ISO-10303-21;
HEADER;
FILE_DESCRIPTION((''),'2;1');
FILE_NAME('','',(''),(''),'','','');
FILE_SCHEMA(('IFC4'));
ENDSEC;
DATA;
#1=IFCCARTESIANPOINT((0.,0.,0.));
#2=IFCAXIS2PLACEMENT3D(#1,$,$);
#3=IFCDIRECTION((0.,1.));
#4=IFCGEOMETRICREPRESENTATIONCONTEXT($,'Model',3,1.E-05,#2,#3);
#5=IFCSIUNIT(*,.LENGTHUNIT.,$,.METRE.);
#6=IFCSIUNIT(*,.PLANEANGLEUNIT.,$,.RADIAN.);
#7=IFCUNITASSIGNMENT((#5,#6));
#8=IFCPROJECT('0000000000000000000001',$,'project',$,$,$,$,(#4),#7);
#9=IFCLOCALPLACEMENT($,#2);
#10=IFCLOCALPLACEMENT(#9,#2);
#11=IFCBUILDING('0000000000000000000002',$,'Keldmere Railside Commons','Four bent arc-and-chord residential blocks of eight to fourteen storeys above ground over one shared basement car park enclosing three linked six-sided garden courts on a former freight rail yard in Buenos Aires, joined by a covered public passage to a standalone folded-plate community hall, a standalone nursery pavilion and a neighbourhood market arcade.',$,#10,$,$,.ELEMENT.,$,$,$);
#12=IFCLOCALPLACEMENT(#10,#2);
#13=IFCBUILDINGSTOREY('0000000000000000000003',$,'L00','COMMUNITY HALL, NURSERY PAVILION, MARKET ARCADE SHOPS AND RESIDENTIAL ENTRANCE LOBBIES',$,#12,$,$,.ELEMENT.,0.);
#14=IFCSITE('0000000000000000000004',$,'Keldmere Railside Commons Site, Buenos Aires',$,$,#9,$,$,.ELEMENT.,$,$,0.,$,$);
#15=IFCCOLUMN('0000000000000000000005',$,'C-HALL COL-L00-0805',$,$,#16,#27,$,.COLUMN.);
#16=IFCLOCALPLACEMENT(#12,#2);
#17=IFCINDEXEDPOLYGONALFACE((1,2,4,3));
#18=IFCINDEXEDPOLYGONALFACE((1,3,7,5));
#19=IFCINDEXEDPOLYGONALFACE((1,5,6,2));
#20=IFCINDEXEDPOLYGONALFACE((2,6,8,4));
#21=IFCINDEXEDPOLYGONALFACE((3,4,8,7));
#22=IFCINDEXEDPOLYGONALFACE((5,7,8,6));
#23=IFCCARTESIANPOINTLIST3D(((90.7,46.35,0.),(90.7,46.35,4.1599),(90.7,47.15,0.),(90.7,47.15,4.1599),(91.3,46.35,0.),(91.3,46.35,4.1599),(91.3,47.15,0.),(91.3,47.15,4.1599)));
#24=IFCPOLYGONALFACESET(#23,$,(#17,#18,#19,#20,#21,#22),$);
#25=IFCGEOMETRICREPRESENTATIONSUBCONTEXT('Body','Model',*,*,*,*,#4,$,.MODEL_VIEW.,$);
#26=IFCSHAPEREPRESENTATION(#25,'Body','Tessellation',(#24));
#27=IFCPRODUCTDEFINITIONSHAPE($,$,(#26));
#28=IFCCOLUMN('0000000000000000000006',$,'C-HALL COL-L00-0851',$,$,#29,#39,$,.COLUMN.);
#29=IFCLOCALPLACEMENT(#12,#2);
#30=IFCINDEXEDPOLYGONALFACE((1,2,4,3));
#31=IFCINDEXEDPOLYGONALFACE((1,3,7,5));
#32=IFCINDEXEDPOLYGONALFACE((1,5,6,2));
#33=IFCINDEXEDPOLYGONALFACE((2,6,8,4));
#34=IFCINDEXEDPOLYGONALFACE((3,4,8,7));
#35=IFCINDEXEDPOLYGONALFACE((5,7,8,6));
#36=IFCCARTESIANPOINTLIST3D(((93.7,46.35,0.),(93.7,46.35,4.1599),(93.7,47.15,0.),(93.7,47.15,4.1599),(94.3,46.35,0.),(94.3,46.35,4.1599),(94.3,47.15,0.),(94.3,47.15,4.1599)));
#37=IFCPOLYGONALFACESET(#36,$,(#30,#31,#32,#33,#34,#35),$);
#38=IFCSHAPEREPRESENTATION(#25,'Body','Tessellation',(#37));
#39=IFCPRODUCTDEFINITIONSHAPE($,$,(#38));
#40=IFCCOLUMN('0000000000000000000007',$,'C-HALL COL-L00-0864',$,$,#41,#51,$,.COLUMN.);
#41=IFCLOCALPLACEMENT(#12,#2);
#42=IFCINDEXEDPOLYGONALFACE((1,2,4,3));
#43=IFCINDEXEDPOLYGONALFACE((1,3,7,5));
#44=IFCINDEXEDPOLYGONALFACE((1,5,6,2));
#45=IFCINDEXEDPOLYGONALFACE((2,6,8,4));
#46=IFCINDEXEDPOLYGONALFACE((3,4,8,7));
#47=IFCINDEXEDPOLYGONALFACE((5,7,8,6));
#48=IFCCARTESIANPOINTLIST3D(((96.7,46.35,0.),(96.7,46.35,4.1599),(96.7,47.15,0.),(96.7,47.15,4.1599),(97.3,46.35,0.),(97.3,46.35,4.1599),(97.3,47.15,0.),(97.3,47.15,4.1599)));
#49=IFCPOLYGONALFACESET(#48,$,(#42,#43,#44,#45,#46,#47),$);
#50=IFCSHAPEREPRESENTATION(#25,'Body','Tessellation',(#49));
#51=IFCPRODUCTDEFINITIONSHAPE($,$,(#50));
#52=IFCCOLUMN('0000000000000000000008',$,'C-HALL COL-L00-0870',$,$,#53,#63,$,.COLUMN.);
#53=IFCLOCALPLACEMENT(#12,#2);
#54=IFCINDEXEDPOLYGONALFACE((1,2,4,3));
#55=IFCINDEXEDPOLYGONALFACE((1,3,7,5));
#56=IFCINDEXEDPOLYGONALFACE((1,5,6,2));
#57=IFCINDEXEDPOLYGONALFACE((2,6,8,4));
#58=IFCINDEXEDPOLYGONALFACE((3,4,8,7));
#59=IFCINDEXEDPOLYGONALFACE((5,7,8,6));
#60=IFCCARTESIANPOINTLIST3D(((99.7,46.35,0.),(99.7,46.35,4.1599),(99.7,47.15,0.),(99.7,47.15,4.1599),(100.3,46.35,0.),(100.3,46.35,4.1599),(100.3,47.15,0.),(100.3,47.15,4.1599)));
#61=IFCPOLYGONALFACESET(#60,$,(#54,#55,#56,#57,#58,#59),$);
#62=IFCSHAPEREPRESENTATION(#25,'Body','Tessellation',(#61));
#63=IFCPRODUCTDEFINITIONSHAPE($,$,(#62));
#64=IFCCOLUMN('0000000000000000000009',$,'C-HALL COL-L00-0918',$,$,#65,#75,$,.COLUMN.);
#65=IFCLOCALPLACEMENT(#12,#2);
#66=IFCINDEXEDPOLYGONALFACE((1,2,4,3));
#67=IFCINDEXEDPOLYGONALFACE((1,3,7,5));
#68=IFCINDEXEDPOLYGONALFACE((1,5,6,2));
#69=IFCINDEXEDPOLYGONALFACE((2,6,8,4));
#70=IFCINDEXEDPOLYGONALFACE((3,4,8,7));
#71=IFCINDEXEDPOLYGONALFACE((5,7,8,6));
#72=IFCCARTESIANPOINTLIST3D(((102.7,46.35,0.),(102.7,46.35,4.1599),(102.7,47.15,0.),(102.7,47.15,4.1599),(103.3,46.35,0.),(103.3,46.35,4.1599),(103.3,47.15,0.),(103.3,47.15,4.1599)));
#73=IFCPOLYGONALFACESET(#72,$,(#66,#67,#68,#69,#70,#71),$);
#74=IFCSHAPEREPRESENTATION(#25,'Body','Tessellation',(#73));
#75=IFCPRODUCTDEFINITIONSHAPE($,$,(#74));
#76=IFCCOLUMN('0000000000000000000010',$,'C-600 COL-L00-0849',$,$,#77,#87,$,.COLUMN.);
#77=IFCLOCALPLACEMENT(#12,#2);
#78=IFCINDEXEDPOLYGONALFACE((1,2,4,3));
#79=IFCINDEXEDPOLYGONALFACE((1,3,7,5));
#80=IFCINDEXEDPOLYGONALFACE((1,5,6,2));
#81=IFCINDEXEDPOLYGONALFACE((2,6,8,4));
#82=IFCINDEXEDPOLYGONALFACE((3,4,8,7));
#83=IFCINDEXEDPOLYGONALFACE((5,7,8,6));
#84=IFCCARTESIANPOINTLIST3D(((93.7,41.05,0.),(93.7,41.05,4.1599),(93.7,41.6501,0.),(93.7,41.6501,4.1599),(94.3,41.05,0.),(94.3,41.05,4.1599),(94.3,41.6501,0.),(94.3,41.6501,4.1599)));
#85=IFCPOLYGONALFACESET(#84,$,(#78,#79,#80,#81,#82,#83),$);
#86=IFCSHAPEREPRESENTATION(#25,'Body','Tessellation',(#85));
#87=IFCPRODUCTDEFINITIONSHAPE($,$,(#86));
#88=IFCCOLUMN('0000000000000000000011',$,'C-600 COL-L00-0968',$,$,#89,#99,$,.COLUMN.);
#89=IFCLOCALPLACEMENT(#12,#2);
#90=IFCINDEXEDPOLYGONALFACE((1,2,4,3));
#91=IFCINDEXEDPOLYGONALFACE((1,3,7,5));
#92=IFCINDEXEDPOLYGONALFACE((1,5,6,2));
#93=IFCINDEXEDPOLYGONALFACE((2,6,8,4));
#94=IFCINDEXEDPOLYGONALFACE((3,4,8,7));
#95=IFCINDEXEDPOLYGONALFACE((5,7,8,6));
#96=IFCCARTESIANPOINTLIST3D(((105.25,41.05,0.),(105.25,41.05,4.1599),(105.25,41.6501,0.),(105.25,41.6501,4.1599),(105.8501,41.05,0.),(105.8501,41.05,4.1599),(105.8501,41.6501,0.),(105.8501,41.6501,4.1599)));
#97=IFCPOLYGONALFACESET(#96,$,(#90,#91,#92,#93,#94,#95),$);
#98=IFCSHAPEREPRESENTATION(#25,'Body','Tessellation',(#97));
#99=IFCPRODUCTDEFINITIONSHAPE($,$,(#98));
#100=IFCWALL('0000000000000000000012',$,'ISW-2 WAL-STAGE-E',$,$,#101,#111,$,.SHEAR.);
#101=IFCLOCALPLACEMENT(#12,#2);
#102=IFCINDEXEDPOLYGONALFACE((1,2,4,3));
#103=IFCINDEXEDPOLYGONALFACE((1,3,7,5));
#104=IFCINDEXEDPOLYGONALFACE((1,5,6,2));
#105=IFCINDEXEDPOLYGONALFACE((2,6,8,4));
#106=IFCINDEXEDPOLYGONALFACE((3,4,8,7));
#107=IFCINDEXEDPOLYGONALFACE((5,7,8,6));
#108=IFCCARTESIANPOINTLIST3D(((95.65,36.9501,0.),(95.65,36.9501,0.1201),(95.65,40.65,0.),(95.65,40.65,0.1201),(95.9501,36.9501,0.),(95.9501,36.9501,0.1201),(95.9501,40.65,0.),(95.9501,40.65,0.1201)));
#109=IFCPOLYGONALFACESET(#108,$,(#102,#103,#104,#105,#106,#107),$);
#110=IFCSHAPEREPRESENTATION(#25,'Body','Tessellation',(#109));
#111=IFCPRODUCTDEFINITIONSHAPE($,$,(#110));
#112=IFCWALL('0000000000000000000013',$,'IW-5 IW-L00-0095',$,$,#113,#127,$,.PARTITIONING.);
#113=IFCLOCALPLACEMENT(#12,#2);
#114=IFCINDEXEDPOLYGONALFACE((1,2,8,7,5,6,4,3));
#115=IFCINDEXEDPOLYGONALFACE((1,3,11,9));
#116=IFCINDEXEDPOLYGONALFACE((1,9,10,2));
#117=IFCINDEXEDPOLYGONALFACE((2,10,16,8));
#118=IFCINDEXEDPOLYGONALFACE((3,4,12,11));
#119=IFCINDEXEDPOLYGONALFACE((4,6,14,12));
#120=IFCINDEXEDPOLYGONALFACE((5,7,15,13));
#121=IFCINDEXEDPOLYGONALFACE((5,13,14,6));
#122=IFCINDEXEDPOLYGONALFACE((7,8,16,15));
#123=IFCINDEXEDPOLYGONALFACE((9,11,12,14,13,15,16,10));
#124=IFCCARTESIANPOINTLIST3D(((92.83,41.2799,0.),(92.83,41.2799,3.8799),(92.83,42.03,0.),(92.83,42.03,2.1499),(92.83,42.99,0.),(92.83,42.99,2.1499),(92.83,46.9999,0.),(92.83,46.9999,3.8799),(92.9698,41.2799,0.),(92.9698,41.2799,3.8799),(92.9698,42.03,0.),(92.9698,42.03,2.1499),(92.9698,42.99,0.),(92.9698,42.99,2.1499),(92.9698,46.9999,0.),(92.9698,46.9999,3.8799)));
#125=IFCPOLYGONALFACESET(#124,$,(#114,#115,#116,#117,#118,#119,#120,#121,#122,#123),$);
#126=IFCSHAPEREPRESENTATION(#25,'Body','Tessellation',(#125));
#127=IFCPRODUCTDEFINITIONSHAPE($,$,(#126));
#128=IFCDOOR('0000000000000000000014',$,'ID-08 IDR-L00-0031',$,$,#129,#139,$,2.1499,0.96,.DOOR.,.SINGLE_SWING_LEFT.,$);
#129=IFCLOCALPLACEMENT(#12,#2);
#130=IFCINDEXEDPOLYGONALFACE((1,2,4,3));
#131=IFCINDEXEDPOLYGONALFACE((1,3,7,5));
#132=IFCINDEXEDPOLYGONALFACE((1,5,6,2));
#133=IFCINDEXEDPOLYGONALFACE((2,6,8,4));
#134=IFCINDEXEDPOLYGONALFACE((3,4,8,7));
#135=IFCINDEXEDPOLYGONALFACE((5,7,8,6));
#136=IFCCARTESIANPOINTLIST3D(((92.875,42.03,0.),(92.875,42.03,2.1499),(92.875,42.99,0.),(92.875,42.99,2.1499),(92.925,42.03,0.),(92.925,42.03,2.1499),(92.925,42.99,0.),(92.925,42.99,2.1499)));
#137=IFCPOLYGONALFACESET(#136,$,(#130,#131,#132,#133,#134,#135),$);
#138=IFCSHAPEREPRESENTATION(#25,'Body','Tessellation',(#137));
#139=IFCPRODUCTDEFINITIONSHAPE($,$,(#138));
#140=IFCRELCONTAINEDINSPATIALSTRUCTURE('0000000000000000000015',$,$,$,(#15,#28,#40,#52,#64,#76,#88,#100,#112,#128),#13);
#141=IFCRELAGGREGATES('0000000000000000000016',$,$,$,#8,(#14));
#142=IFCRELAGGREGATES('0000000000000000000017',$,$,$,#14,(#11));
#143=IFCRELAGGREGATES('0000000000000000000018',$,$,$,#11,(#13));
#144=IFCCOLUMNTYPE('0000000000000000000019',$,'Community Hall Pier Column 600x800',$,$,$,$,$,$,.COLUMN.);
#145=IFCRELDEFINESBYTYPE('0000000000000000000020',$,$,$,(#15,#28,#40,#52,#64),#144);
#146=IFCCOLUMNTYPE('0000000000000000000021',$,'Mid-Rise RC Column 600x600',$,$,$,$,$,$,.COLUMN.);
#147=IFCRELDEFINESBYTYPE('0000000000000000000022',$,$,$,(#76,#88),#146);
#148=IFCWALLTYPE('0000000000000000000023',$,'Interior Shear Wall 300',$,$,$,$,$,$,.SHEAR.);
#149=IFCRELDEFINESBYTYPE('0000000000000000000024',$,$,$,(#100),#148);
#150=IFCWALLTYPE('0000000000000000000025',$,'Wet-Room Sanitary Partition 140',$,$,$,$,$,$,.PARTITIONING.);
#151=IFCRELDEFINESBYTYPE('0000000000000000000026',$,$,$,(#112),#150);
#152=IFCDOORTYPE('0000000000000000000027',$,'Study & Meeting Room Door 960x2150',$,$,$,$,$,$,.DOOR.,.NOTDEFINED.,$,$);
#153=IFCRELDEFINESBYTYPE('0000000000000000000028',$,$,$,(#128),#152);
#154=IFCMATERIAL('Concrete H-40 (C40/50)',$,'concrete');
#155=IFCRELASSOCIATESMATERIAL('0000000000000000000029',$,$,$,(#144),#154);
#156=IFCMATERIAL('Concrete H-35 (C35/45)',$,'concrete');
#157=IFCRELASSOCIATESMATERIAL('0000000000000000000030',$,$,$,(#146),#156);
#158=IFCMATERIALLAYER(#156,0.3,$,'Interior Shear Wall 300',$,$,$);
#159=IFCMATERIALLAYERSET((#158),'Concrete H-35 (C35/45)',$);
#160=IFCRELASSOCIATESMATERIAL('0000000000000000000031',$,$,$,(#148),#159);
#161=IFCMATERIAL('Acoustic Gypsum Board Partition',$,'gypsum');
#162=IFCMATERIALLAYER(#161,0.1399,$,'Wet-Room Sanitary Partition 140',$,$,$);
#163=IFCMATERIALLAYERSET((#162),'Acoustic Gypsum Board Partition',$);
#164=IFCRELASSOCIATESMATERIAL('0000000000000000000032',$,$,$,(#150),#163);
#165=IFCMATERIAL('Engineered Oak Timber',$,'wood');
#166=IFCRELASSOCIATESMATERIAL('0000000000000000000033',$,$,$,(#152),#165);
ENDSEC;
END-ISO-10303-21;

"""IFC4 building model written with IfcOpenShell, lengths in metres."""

from ifc_helpers import new_model, si_unit, direction, frame, frame_2d, origin, origin_2d, place, context, subcontext, project, spatial, rectangle, extrude, material, layer, layer_set, material_profile, profile_set, type_object, element, fill, save


model = new_model("IFC4")

# Units and contexts
model_context = context("Model", 3, precision=1e-05, world=origin(), true_north=direction((0.0, 1.0)))
body_context = subcontext(model_context, "Body", "Model", "MODEL_VIEW")
ifc_project = project(units=[si_unit("LENGTHUNIT", "METRE"), si_unit("PLANEANGLEUNIT", "RADIAN")], contexts=[model_context])

# Site, building, storey
site_placement = place(None, origin())
site = spatial("IfcSite", under=ifc_project, at=site_placement, Name="Keldmere Railside Commons Site, Buenos Aires", CompositionType="ELEMENT", RefElevation=0.0)
building_placement = place(site_placement, origin())
building = spatial("IfcBuilding", under=site, at=building_placement, Name="Keldmere Railside Commons", Description="Four bent arc-and-chord residential blocks of eight to fourteen storeys above ground over one shared basement car park enclosing three linked six-sided garden courts on a former freight rail yard in Buenos Aires, joined by a covered public passage to a standalone folded-plate community hall, a standalone nursery pavilion and a neighbourhood market arcade.", CompositionType="ELEMENT")
storey_placement = place(building_placement, origin())
storey = spatial("IfcBuildingStorey", under=building, at=storey_placement, Name="L00", Description="COMMUNITY HALL, NURSERY PAVILION, MARKET ARCADE SHOPS AND RESIDENTIAL ENTRANCE LOBBIES", CompositionType="ELEMENT", Elevation=0.0)

# Columns
ifc_material_1 = material(Name="Concrete H-40 (C40/50)", Category="concrete")
ifc_material_profile_1 = material_profile(ifc_material_1, rectangle(XDim=0.6001, YDim=0.8, at=origin_2d()), Name="RC-600x800")
ifc_profile_set_1 = profile_set([ifc_material_profile_1], Name="Concrete H-40 (C40/50)")
column_type_1 = type_object("IfcColumnType", Name="Community Hall Pier Column 600x800", PredefinedType="COLUMN", material=ifc_profile_set_1)
for number, where, z_axis, x_axis, name in (
    (1, (91.0, 46.75, 0.0), (0.0, 0.0, 1.0), (1.0, 0.0, 0.0), "C-HALL COL-L00-0805"),
    (2, (94.0, 46.75, 0.0), (0.0, 0.0, 1.0), (1.0, 0.0, 0.0), "C-HALL COL-L00-0851"),
    (3, (97.0, 46.75, 0.0), (0.0, 0.0, 1.0), (1.0, 0.0, 0.0), "C-HALL COL-L00-0864"),
    (4, (100.0, 46.75, 0.0), (0.0, 0.0, 1.0), (1.0, 0.0, 0.0), "C-HALL COL-L00-0870"),
    (5, (103.0, 46.75, 0.0), (0.0, 0.0, 1.0), (1.0, 0.0, 0.0), "C-HALL COL-L00-0918"),
):
    element("IfcColumn", number, at=place(storey_placement, frame(where, z_axis=z_axis, x_axis=x_axis)), inside=storey, type_object=column_type_1, Name=name, PredefinedType="COLUMN", context=body_context, shape_type="SweptSolid", body=[
        extrude(rectangle(XDim=0.6001, YDim=0.8, at=origin_2d()), origin(), (0.0, 0.0, 1.0), 4.1599),
    ])
ifc_material_2 = material(Name="Concrete H-35 (C35/45)", Category="concrete")
ifc_material_profile_2 = material_profile(ifc_material_2, rectangle(XDim=0.6001, YDim=0.6001, at=origin_2d()), Name="RC-600x600")
ifc_profile_set_2 = profile_set([ifc_material_profile_2], Name="Concrete H-35 (C35/45)")
column_type_2 = type_object("IfcColumnType", Name="Mid-Rise RC Column 600x600", PredefinedType="COLUMN", material=ifc_profile_set_2)
for number, where, z_axis, x_axis, name in (
    (6, (94.0, 41.3501, 0.0), (0.0, 0.0, 1.0), (1.0, 0.0, 0.0), "C-600 COL-L00-0849"),
    (7, (105.55, 41.3501, 0.0), (0.0, 0.0, 1.0), (1.0, 0.0, 0.0), "C-600 COL-L00-0968"),
):
    element("IfcColumn", number, at=place(storey_placement, frame(where, z_axis=z_axis, x_axis=x_axis)), inside=storey, type_object=column_type_2, Name=name, PredefinedType="COLUMN", context=body_context, shape_type="SweptSolid", body=[
        extrude(rectangle(XDim=0.6001, YDim=0.6001, at=origin_2d()), origin(), (0.0, 0.0, 1.0), 4.1599),
    ])

# Wall
ifc_layer_1 = layer(ifc_material_2, 0.3, Name="Interior Shear Wall 300")
ifc_layer_set_1 = layer_set([ifc_layer_1], Name="Concrete H-35 (C35/45)")
wall_type_1 = type_object("IfcWallType", Name="Interior Shear Wall 300", PredefinedType="SHEAR", material=ifc_layer_set_1)
wall_1_placement = place(storey_placement, frame((95.8, 36.95, 0.0), z_axis=(0.0, 0.0, 1.0), x_axis=(0.0, 1.0, 0.0)))
element("IfcWall", 8, at=wall_1_placement, inside=storey, type_object=wall_type_1, Name="ISW-2 WAL-STAGE-E", PredefinedType="SHEAR", context=body_context, shape_type="SweptSolid", body=[
    extrude(rectangle(XDim=3.7, YDim=0.3, at=frame_2d((1.8501, 0.0))), origin(), (0.0, 0.0, 1.0), 0.1201),
])

# Wall, opening, door
ifc_material_3 = material(Name="Acoustic Gypsum Board Partition", Category="gypsum")
ifc_layer_2 = layer(ifc_material_3, 0.1399, Name="Wet-Room Sanitary Partition 140")
ifc_layer_set_2 = layer_set([ifc_layer_2], Name="Acoustic Gypsum Board Partition")
wall_type_2 = type_object("IfcWallType", Name="Wet-Room Sanitary Partition 140", PredefinedType="PARTITIONING", material=ifc_layer_set_2)
wall_2_placement = place(storey_placement, frame((92.8999, 41.28, 0.0), z_axis=(0.0, 0.0, 1.0), x_axis=(0.0, 1.0, 0.0)))
wall_2 = element("IfcWall", 9, at=wall_2_placement, inside=storey, type_object=wall_type_2, Name="IW-5 IW-L00-0095", PredefinedType="PARTITIONING", context=body_context, shape_type="SweptSolid", body=[
    extrude(rectangle(XDim=5.72, YDim=0.1399, at=frame_2d((2.8599, 0.0))), origin(), (0.0, 0.0, 1.0), 3.8799),
])
opening_1_placement = place(wall_2_placement, frame((0.75, 0.0, 0.0)))
opening_1 = element("IfcOpeningElement", 10, at=opening_1_placement, cuts=wall_2, PredefinedType="OPENING", context=body_context, shape_type="SweptSolid", body=[
    extrude(rectangle(XDim=0.96, YDim=2.1499, at=frame_2d((0.48, 1.075))), frame((0.0, 0.0798, 0.0), z_axis=(0.0, -1.0, 0.0), x_axis=(1.0, 0.0, 0.0)), (0.0, 0.0, 1.0), 0.1599),
])
ifc_material_4 = material(Name="Engineered Oak Timber", Category="wood")
door_type_1 = type_object("IfcDoorType", Name="Study & Meeting Room Door 960x2150", OperationType="NOTDEFINED", PredefinedType="DOOR", material=ifc_material_4)
door_1_placement = place(opening_1_placement, origin())
door_1 = element("IfcDoor", 11, at=door_1_placement, inside=storey, type_object=door_type_1, Name="ID-08 IDR-L00-0031", OperationType="SINGLE_SWING_LEFT", OverallHeight=2.1499, OverallWidth=0.96, PredefinedType="DOOR", context=body_context, shape_type="SweptSolid", body=[
    extrude(rectangle(XDim=0.96, YDim=2.1499, at=frame_2d((0.48, 1.075))), frame((0.0, 0.0249, 0.0), z_axis=(0.0, -1.0, 0.0), x_axis=(1.0, 0.0, 0.0)), (0.0, 0.0, 1.0), 0.05),
])
fill(opening_1, door_1)

save(model, "model.ifc")
